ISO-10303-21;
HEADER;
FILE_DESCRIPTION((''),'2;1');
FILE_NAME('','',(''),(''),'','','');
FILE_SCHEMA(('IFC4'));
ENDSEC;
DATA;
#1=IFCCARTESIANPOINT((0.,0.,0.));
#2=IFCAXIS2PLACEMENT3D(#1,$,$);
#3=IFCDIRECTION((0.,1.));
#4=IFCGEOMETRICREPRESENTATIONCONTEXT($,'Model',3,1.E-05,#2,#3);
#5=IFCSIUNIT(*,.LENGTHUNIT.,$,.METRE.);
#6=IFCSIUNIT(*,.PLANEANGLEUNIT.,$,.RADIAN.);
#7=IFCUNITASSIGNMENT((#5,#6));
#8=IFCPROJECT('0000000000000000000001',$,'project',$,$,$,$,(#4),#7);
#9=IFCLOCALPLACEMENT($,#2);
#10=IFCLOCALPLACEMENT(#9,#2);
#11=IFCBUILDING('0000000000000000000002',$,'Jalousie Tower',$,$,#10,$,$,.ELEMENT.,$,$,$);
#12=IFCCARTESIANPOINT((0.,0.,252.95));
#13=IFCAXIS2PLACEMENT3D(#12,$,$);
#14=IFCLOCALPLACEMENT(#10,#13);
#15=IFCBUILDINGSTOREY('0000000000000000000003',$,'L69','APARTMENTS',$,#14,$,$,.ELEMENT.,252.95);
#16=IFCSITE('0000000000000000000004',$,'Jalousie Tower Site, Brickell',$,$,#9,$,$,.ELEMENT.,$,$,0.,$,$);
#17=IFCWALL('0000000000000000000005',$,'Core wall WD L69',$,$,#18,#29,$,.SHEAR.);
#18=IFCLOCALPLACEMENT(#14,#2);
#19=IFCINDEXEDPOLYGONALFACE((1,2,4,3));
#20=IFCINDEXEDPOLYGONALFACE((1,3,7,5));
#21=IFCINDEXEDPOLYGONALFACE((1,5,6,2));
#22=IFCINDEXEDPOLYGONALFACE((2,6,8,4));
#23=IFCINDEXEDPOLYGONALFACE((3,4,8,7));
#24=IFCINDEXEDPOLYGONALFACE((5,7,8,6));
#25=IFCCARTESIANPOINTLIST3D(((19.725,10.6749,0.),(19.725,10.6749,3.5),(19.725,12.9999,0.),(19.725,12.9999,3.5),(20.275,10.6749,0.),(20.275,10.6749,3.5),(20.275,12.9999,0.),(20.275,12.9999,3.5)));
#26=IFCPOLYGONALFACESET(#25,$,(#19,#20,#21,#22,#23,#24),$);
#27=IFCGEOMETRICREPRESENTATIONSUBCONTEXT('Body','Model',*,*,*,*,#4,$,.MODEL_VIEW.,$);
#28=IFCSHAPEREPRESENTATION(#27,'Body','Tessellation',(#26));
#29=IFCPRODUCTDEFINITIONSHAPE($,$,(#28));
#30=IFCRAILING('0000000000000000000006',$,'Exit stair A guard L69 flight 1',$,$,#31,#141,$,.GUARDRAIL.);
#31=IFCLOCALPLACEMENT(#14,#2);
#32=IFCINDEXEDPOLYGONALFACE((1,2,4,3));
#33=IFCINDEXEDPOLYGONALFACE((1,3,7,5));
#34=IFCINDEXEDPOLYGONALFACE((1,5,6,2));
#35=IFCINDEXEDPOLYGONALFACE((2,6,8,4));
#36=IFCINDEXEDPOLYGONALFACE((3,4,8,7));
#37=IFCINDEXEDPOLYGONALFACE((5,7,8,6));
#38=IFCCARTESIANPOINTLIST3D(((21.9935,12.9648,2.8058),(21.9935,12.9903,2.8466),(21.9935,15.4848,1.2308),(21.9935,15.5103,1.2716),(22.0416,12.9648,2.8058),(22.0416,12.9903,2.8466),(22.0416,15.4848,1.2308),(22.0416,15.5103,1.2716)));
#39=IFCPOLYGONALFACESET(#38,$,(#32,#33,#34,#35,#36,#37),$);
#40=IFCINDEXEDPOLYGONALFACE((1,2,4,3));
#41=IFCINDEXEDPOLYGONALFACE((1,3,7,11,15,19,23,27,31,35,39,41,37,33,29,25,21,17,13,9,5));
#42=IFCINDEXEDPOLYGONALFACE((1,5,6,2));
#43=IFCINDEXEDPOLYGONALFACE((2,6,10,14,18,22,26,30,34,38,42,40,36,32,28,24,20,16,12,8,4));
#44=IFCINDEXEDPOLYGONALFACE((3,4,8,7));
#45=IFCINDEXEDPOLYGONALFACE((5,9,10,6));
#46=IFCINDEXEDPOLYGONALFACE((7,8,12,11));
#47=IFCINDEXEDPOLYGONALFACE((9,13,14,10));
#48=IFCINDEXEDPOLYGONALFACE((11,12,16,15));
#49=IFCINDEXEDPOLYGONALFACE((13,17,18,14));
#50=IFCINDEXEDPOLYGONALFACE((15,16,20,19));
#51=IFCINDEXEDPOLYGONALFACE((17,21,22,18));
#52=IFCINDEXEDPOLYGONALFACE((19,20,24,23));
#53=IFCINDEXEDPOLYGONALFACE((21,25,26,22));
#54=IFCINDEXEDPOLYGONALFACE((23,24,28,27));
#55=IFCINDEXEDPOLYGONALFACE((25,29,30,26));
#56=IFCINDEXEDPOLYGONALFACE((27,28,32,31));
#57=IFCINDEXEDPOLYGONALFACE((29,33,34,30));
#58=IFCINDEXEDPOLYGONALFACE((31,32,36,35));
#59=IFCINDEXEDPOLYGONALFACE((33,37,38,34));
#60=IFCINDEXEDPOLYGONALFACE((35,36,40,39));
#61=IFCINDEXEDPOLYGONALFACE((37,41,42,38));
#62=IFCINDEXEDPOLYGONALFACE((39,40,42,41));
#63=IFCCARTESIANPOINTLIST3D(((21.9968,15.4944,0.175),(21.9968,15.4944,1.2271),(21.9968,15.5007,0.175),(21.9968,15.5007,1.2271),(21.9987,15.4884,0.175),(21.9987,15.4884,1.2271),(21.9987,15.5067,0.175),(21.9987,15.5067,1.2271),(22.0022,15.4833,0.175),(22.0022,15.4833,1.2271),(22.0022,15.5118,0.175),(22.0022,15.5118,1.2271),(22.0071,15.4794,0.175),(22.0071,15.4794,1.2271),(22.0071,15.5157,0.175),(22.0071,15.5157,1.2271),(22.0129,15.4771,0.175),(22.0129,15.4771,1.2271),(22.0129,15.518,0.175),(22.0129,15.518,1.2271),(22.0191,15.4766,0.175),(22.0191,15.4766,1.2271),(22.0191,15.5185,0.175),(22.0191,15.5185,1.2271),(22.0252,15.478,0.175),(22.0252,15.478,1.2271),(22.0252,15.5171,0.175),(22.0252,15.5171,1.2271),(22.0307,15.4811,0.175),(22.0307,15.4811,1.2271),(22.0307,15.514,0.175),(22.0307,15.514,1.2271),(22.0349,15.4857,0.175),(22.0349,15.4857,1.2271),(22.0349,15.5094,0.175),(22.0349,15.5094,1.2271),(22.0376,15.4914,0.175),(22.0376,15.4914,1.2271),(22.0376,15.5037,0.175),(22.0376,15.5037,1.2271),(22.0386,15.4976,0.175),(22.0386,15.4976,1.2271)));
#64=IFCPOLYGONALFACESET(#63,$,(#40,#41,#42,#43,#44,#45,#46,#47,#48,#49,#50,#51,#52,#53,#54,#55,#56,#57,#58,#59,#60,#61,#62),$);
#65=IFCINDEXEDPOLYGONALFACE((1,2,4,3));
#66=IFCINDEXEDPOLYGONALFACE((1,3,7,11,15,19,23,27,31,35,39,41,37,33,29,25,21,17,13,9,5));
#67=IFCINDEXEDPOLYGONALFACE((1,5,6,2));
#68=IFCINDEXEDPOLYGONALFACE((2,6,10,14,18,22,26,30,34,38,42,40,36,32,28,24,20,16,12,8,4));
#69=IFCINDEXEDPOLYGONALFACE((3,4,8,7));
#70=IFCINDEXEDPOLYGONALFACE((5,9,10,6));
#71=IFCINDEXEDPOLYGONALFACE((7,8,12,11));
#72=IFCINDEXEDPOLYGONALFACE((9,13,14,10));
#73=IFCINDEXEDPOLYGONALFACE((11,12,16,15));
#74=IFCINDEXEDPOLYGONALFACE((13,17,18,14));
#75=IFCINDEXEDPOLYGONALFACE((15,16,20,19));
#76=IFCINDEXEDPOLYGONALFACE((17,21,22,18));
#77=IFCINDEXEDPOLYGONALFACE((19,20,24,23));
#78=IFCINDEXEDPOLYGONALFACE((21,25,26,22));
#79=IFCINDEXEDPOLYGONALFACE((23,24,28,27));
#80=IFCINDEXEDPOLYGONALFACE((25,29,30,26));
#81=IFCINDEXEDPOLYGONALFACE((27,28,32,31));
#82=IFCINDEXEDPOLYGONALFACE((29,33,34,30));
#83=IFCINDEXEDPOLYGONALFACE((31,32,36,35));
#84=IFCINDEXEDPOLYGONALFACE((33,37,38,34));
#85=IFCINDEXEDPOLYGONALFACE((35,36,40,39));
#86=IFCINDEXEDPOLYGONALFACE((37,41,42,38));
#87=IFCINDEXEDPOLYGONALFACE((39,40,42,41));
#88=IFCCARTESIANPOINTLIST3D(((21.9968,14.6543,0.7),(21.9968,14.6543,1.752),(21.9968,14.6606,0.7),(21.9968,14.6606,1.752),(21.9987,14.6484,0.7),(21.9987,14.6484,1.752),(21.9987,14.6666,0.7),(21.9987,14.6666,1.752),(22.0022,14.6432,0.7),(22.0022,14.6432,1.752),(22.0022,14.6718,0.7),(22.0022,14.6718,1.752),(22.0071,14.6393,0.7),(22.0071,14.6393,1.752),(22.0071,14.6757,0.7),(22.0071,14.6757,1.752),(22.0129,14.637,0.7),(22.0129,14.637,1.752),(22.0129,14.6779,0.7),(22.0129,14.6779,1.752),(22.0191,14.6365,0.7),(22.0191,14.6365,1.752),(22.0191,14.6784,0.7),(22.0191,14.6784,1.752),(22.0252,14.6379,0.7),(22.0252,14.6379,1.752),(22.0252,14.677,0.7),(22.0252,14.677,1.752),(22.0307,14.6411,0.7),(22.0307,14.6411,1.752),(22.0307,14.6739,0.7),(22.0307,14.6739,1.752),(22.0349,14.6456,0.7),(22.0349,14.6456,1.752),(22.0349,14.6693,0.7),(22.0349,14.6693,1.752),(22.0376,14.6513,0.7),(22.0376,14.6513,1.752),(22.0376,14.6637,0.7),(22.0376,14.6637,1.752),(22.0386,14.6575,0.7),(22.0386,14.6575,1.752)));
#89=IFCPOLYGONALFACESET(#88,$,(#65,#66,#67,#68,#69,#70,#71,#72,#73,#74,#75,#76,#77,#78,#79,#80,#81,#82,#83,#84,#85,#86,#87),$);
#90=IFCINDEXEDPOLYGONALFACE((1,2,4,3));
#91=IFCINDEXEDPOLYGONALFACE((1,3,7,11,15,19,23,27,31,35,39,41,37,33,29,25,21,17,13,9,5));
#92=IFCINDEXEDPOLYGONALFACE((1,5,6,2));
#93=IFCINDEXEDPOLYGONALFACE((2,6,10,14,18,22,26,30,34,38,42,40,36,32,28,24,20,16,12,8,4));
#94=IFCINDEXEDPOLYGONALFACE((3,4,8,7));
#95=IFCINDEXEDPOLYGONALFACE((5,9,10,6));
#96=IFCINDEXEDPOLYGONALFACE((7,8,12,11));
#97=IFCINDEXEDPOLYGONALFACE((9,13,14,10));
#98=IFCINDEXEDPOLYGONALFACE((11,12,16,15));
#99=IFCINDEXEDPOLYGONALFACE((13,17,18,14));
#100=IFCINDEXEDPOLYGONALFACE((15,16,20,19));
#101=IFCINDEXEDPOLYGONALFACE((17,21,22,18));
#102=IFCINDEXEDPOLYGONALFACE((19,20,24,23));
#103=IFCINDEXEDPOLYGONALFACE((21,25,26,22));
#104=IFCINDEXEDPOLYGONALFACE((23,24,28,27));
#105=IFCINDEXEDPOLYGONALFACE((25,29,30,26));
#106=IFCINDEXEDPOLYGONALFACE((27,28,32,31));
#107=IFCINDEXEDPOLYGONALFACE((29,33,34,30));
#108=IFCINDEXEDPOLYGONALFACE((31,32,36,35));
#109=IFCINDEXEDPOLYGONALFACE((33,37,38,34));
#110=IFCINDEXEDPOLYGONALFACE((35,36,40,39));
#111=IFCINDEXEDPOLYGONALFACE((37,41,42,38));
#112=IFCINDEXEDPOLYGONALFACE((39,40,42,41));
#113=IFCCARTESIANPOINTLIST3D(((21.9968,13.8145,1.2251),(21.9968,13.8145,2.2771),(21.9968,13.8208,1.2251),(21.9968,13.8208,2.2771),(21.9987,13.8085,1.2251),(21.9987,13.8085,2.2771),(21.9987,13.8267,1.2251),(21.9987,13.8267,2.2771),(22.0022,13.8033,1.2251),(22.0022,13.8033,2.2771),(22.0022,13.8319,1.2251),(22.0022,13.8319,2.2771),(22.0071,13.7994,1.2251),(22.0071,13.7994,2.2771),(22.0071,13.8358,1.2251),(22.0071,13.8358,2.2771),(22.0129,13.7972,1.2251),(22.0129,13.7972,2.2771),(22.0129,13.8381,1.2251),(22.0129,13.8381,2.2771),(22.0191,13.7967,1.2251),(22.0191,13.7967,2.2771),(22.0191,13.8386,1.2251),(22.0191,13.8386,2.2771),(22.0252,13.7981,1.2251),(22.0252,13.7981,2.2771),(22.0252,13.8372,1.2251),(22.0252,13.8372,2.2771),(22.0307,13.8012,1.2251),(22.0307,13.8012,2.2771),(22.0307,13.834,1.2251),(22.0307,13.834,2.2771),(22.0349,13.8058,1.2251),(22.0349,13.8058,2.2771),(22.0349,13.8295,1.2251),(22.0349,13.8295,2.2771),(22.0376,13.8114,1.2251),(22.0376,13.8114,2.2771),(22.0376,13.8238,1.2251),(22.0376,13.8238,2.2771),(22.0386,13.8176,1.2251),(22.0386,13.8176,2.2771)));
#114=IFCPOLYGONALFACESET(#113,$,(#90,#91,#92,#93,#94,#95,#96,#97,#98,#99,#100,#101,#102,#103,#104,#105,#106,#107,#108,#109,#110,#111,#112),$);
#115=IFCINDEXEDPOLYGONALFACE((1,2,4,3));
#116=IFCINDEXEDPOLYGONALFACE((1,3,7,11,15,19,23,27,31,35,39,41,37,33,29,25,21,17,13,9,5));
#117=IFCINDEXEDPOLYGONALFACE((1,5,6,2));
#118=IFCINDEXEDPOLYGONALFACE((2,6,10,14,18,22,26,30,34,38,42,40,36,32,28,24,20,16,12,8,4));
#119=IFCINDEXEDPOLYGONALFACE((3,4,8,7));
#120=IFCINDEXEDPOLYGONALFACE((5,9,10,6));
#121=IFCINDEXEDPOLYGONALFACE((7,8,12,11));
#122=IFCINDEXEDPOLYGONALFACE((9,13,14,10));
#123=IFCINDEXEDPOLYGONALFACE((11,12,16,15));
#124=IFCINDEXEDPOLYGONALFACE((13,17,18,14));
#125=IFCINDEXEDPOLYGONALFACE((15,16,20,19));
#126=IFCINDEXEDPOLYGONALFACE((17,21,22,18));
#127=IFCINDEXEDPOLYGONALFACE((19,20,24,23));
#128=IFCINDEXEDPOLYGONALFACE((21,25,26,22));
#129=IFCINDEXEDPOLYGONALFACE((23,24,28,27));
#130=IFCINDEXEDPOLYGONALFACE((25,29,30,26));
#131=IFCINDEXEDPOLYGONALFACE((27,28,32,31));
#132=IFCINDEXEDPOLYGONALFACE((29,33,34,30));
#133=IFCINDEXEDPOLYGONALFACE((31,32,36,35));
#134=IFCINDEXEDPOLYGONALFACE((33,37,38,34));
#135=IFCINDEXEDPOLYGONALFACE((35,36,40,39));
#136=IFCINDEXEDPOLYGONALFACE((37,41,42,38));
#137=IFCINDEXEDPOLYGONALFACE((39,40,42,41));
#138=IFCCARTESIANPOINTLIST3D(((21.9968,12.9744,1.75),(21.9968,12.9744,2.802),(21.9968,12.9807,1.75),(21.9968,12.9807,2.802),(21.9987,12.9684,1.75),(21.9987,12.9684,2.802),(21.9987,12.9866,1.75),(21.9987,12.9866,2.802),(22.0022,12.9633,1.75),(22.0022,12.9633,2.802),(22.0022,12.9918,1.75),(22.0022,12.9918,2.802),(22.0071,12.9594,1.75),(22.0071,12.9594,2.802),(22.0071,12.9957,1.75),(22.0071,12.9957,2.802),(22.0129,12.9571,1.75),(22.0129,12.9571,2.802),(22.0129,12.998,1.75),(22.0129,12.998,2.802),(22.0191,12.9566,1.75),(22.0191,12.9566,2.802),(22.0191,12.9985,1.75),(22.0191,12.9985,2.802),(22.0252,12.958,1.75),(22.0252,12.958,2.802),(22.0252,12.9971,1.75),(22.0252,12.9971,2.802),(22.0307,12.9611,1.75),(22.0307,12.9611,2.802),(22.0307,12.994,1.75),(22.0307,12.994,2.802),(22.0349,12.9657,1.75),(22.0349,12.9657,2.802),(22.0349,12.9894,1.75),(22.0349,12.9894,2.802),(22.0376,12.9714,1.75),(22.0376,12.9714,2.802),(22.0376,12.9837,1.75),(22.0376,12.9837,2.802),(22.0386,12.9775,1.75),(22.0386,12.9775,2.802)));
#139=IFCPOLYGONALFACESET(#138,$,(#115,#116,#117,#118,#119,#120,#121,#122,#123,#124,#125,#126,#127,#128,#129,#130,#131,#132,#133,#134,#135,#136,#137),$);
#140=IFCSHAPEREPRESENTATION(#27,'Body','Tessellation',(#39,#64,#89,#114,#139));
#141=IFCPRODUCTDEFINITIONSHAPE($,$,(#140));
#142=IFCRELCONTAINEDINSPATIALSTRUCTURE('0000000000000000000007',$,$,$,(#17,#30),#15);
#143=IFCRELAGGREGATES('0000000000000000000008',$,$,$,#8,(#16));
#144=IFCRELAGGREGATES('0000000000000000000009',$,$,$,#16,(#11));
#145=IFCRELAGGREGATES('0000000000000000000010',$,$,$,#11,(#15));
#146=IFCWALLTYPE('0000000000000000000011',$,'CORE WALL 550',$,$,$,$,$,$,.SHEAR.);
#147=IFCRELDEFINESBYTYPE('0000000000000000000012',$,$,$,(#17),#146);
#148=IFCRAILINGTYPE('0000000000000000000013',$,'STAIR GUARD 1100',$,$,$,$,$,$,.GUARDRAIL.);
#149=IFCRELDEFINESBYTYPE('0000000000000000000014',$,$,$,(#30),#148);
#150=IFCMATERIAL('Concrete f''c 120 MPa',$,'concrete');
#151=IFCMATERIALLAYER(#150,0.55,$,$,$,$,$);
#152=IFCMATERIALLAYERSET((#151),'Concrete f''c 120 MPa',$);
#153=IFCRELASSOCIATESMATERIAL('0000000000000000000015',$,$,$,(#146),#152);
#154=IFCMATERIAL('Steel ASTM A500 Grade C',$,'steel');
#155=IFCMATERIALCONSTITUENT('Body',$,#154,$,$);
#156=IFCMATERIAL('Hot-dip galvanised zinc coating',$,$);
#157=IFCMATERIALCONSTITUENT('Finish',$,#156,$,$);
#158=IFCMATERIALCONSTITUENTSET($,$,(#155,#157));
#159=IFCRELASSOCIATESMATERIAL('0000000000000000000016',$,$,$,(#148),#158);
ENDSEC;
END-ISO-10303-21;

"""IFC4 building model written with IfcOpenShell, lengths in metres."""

from ifc_helpers import new_model, si_unit, direction, frame, frame_2d, origin, origin_2d, place, context, subcontext, project, spatial, rectangle, circle, extrude, material, layer, layer_set, constituent, constituent_set, type_object, element, save


model = new_model("IFC4")

# Units and contexts
model_context = context("Model", 3, precision=1e-05, world=origin(), true_north=direction((0.0, 1.0)))
body_context = subcontext(model_context, "Body", "Model", "MODEL_VIEW")
ifc_project = project(units=[si_unit("LENGTHUNIT", "METRE"), si_unit("PLANEANGLEUNIT", "RADIAN")], contexts=[model_context])

# Site, building, storey
site_placement = place(None, origin())
site = spatial("IfcSite", under=ifc_project, at=site_placement, Name="Jalousie Tower Site, Brickell", CompositionType="ELEMENT", RefElevation=0.0)
building_placement = place(site_placement, origin())
building = spatial("IfcBuilding", under=site, at=building_placement, Name="Jalousie Tower", CompositionType="ELEMENT")
storey_placement = place(building_placement, frame((0.0, 0.0, 252.95)))
storey = spatial("IfcBuildingStorey", under=building, at=storey_placement, Name="L69", Description="APARTMENTS", CompositionType="ELEMENT", Elevation=252.95)

# Shared definitions
ifc_material_1 = material(Name="Concrete f'c 120 MPa", Category="concrete")
ifc_layer_1 = layer(ifc_material_1, 0.55)
ifc_layer_set_1 = layer_set([ifc_layer_1], Name="Concrete f'c 120 MPa")
wall_type_1 = type_object("IfcWallType", Name="CORE WALL 550", PredefinedType="SHEAR", material=ifc_layer_set_1)

# Wall
wall_1_placement = place(storey_placement, frame((20.0, 13.0, 0.0), z_axis=(0.0, 0.0, 1.0), x_axis=(0.0, -1.0, 0.0)))
element("IfcWall", 1, at=wall_1_placement, inside=storey, type_object=wall_type_1, Name="Core wall WD L69", PredefinedType="SHEAR", context=body_context, shape_type="SweptSolid", body=[
    extrude(rectangle(XDim=2.325, YDim=0.55, at=frame_2d((1.1626, 0.0))), origin(), (0.0, 0.0, 1.0), 3.5),
])

# Railing
ifc_material_2 = material(Name="Steel ASTM A500 Grade C", Category="steel")
ifc_constituent_1 = constituent(ifc_material_2, Name="Body")
ifc_material_3 = material(Name="Hot-dip galvanised zinc coating")
ifc_constituent_2 = constituent(ifc_material_3, Name="Finish")
ifc_constituent_set = constituent_set(constituents=[ifc_constituent_1, ifc_constituent_2])
railing_type = type_object("IfcRailingType", Name="STAIR GUARD 1100", PredefinedType="GUARDRAIL", material=ifc_constituent_set)
railing_placement = place(storey_placement, frame((22.0176, 15.4976, 0.175)))
element("IfcRailing", 2, at=railing_placement, inside=storey, type_object=railing_type, Name="Exit stair A guard L69 flight 1", PredefinedType="GUARDRAIL", context=body_context, shape_type="SweptSolid", body=[
    extrude(rectangle(XDim=0.0481, YDim=0.0481, at=origin_2d()), frame((0.0, 0.0, 1.0762), z_axis=(0.0, -0.848008, 0.529984), x_axis=(1.0, 0.0, 0.0)), (0.0, 0.0, 1.0), 2.9717),
    extrude(circle(Radius=0.021, at=origin_2d()), origin(), (0.0, 0.0, 1.0), 1.052),
    extrude(circle(Radius=0.021, at=origin_2d()), frame((0.0, -0.8401, 0.5249)), (0.0, 0.0, 1.0), 1.052),
    extrude(circle(Radius=0.021, at=origin_2d()), frame((0.0, -1.6799, 1.05)), (0.0, 0.0, 1.0), 1.052),
    extrude(circle(Radius=0.021, at=origin_2d()), frame((0.0, -2.52, 1.575)), (0.0, 0.0, 1.0), 1.052),
])

save(model, "model.ifc")
